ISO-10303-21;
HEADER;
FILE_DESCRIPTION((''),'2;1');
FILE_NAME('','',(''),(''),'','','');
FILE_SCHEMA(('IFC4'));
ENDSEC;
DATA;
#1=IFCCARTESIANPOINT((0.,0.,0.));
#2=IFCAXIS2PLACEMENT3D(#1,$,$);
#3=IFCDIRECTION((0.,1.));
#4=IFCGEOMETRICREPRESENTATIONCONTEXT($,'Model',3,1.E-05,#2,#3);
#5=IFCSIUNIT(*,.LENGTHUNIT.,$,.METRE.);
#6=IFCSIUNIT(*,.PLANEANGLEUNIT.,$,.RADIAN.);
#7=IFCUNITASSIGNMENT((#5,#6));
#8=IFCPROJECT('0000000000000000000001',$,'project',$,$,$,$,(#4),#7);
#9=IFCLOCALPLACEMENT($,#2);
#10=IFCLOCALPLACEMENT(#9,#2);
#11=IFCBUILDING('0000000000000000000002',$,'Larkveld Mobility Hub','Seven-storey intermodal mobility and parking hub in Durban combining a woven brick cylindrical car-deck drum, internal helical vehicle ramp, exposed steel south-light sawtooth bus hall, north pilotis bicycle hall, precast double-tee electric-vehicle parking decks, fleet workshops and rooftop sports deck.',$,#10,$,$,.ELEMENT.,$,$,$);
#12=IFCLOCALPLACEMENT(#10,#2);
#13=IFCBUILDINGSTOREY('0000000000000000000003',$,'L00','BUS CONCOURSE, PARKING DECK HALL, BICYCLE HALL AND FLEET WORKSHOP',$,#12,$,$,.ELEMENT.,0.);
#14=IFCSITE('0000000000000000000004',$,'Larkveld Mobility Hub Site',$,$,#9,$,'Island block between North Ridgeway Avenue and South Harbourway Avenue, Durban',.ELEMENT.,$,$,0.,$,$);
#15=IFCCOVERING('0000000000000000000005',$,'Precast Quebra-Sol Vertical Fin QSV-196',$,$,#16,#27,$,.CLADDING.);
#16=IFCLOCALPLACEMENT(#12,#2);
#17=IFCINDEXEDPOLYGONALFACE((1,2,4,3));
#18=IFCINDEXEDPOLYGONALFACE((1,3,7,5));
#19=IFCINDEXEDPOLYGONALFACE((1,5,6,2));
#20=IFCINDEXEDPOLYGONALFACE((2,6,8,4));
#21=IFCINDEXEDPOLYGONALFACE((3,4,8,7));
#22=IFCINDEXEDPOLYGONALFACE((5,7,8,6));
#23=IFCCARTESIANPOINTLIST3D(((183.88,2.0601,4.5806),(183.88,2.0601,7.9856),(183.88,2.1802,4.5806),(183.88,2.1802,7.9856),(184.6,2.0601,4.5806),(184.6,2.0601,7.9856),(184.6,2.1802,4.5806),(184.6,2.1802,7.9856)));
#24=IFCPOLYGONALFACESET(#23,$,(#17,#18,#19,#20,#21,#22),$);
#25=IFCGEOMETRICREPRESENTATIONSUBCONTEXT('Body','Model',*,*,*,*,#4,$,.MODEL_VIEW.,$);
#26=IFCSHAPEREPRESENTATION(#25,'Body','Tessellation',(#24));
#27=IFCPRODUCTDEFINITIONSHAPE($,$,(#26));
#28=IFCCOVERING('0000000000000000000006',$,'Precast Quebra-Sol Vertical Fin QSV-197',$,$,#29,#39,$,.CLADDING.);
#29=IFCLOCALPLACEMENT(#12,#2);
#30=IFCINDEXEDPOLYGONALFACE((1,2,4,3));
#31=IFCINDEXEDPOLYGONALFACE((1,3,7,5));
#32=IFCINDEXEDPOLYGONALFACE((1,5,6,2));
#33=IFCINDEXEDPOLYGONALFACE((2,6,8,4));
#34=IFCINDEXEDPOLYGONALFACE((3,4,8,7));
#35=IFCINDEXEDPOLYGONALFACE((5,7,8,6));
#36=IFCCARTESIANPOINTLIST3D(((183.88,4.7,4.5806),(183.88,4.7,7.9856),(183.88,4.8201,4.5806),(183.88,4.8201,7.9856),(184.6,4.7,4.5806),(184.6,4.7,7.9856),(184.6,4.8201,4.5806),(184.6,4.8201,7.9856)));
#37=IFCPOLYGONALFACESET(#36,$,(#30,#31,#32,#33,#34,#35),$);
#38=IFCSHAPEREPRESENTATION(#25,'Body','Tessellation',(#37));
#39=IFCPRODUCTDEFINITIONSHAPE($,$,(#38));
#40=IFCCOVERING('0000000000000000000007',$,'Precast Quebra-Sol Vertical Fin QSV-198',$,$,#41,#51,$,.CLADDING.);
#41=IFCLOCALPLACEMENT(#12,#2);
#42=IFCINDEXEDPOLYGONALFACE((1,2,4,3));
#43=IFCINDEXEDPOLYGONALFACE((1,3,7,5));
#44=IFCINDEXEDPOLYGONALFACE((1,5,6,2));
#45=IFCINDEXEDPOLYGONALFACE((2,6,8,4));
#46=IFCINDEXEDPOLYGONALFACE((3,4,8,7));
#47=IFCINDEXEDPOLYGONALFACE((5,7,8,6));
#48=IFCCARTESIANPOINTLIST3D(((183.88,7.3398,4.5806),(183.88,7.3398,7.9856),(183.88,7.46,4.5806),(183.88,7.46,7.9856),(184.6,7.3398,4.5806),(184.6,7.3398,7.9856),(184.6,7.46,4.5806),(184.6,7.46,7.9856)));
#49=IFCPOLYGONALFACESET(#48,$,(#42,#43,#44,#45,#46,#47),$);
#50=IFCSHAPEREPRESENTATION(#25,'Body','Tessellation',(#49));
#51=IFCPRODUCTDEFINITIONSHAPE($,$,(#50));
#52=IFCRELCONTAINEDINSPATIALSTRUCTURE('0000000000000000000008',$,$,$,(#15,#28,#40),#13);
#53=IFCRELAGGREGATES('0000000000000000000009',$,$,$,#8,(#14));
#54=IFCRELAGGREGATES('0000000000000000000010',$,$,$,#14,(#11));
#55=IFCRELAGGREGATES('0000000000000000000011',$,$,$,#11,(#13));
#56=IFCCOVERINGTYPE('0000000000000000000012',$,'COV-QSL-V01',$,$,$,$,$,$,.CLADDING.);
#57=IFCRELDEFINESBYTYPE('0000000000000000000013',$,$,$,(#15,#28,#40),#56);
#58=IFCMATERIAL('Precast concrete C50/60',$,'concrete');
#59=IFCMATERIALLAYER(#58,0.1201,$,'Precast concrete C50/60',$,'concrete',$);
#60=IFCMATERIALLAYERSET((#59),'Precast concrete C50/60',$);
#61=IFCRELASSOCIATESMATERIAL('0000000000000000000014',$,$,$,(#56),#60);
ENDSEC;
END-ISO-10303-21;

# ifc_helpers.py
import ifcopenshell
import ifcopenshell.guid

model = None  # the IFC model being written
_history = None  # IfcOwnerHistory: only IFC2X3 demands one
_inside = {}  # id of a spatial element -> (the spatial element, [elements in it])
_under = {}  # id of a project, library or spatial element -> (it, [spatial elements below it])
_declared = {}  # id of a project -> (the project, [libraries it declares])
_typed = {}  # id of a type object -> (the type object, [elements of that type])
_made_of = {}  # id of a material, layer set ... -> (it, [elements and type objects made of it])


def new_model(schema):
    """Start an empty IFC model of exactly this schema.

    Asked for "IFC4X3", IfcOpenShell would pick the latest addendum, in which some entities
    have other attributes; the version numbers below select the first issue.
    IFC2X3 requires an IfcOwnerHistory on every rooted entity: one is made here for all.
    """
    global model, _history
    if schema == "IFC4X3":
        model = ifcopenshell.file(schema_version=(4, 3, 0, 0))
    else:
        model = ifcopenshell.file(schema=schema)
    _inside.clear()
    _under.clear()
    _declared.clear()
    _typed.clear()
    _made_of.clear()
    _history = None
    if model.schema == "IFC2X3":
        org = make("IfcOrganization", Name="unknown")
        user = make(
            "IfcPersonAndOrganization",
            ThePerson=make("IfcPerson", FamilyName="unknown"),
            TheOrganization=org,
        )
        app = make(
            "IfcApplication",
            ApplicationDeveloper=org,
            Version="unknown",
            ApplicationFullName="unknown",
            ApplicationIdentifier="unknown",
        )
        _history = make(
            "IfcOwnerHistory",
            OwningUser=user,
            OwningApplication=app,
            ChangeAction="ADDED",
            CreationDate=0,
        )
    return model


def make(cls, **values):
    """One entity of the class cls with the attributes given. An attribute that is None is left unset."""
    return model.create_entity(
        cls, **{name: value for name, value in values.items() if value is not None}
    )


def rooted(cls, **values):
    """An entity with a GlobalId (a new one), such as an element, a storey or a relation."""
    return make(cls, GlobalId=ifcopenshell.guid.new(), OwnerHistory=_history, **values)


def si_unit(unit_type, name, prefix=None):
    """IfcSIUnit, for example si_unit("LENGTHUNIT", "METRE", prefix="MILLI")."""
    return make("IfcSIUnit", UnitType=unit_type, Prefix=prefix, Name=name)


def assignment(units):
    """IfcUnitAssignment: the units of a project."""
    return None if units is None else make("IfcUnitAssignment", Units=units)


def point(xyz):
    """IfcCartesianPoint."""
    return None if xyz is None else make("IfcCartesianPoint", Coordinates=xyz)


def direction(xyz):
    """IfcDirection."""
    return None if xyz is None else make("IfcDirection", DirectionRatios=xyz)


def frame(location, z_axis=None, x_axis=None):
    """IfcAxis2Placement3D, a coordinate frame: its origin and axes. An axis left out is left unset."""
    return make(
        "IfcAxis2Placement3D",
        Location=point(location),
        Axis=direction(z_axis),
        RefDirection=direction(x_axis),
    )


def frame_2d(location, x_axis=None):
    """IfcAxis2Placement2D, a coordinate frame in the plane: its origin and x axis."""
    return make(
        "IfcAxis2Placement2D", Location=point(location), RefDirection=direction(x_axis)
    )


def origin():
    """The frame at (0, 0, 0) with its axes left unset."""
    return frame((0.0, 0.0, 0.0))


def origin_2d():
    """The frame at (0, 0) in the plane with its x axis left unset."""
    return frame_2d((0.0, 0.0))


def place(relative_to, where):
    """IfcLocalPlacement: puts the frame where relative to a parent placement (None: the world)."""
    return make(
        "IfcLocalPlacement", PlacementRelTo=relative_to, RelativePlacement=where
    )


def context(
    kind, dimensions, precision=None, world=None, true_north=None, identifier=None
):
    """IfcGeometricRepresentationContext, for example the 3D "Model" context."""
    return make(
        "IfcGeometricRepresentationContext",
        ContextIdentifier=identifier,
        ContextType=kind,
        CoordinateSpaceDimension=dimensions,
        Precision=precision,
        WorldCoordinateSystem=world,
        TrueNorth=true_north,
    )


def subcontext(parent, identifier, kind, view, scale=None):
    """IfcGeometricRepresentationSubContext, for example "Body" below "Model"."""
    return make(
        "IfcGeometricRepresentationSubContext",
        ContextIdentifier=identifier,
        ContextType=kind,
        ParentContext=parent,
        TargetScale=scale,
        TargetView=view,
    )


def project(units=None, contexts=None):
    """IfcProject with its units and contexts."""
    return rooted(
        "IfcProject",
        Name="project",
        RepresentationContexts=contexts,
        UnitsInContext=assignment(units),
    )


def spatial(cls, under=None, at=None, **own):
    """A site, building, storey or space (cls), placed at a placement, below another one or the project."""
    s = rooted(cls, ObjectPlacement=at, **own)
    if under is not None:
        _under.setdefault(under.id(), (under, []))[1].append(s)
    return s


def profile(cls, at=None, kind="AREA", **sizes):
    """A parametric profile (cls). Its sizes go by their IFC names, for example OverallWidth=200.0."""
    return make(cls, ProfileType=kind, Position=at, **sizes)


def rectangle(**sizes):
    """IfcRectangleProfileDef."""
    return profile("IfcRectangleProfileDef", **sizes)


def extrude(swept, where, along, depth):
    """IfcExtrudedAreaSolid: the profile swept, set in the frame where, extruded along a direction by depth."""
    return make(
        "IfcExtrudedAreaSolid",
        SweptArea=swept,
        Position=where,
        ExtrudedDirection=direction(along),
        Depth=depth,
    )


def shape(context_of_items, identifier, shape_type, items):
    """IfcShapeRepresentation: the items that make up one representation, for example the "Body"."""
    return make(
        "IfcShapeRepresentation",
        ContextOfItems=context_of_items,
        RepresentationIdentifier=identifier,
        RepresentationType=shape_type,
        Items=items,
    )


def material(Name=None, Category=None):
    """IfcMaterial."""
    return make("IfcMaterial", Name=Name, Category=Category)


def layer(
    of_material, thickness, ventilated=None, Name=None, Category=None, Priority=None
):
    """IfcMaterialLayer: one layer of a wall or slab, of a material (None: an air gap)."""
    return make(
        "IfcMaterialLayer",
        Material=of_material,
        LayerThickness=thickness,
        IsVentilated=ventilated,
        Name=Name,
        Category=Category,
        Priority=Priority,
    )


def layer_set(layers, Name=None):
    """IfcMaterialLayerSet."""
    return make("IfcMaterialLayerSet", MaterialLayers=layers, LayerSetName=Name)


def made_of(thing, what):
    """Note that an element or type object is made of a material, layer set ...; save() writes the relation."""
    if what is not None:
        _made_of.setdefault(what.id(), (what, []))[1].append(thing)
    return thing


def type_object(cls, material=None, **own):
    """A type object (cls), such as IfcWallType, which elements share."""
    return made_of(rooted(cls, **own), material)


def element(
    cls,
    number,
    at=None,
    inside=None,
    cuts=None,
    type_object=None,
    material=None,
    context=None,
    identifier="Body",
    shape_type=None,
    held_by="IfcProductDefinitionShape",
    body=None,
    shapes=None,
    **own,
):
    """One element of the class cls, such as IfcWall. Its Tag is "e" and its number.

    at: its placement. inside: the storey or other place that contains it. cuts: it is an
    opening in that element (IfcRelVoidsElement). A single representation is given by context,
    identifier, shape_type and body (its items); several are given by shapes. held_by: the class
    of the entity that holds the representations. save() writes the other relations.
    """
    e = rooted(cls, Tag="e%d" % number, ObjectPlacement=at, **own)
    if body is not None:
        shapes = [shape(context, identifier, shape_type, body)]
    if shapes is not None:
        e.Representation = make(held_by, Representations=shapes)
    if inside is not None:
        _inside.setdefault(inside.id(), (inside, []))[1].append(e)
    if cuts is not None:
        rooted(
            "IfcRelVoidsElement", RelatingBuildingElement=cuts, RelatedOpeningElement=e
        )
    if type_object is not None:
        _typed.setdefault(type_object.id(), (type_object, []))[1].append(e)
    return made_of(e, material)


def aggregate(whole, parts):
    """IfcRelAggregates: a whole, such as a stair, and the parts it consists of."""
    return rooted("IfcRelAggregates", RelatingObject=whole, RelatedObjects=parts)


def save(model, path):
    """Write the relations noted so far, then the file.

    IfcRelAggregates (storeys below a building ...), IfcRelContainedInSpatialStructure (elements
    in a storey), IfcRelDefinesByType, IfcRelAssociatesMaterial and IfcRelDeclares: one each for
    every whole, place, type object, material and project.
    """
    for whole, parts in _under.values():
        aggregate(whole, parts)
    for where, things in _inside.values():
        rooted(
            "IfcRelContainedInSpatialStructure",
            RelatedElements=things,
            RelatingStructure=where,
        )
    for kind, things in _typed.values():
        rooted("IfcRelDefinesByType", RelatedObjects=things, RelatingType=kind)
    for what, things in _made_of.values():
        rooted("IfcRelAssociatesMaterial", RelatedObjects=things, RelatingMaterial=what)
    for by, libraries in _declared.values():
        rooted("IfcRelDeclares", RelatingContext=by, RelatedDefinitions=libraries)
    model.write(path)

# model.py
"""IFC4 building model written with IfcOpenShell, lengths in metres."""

from ifc_helpers import new_model, si_unit, direction, frame, origin, origin_2d, place, context, subcontext, project, spatial, rectangle, extrude, material, layer, layer_set, type_object, element, save


model = new_model("IFC4")

# Units and contexts
model_context = context("Model", 3, precision=1e-05, world=origin(), true_north=direction((0.0, 1.0)))
body_context = subcontext(model_context, "Body", "Model", "MODEL_VIEW")
ifc_project = project(units=[si_unit("LENGTHUNIT", "METRE"), si_unit("PLANEANGLEUNIT", "RADIAN")], contexts=[model_context])

# Site, building, storey
site_placement = place(None, origin())
site = spatial("IfcSite", under=ifc_project, at=site_placement, Name="Larkveld Mobility Hub Site", LongName="Island block between North Ridgeway Avenue and South Harbourway Avenue, Durban", CompositionType="ELEMENT", RefElevation=0.0)
building_placement = place(site_placement, origin())
building = spatial("IfcBuilding", under=site, at=building_placement, Name="Larkveld Mobility Hub", Description="Seven-storey intermodal mobility and parking hub in Durban combining a woven brick cylindrical car-deck drum, internal helical vehicle ramp, exposed steel south-light sawtooth bus hall, north pilotis bicycle hall, precast double-tee electric-vehicle parking decks, fleet workshops and rooftop sports deck.", CompositionType="ELEMENT")
storey_placement = place(building_placement, origin())
storey = spatial("IfcBuildingStorey", under=building, at=storey_placement, Name="L00", Description="BUS CONCOURSE, PARKING DECK HALL, BICYCLE HALL AND FLEET WORKSHOP", CompositionType="ELEMENT", Elevation=0.0)

# Coverings
ifc_material_1 = material(Name="Precast concrete C50/60", Category="concrete")
ifc_layer_1 = layer(ifc_material_1, 0.1201, Name="Precast concrete C50/60", Category="concrete")
ifc_layer_set_1 = layer_set([ifc_layer_1], Name="Precast concrete C50/60")
covering_type = type_object("IfcCoveringType", Name="COV-QSL-V01", PredefinedType="CLADDING", material=ifc_layer_set_1)
for number, where, z_axis, x_axis, name in (
    (1, (184.24, 2.1201, 4.5806), (0.0, 0.0, 1.0), (0.0, 1.0, 0.0), "Precast Quebra-Sol Vertical Fin QSV-196"),
    (2, (184.24, 4.76, 4.5806), (0.0, 0.0, 1.0), (0.0, 1.0, 0.0), "Precast Quebra-Sol Vertical Fin QSV-197"),
    (3, (184.24, 7.3999, 4.5806), (0.0, 0.0, 1.0), (0.0, 1.0, 0.0), "Precast Quebra-Sol Vertical Fin QSV-198"),
):
    element("IfcCovering", number, at=place(storey_placement, frame(where, z_axis=z_axis, x_axis=x_axis)), inside=storey, type_object=covering_type, Name=name, PredefinedType="CLADDING", context=body_context, shape_type="SweptSolid", body=[
        extrude(rectangle(XDim=0.1201, YDim=0.72, at=origin_2d()), origin(), (0.0, 0.0, 1.0), 3.405),
    ])

save(model, "model.ifc")
